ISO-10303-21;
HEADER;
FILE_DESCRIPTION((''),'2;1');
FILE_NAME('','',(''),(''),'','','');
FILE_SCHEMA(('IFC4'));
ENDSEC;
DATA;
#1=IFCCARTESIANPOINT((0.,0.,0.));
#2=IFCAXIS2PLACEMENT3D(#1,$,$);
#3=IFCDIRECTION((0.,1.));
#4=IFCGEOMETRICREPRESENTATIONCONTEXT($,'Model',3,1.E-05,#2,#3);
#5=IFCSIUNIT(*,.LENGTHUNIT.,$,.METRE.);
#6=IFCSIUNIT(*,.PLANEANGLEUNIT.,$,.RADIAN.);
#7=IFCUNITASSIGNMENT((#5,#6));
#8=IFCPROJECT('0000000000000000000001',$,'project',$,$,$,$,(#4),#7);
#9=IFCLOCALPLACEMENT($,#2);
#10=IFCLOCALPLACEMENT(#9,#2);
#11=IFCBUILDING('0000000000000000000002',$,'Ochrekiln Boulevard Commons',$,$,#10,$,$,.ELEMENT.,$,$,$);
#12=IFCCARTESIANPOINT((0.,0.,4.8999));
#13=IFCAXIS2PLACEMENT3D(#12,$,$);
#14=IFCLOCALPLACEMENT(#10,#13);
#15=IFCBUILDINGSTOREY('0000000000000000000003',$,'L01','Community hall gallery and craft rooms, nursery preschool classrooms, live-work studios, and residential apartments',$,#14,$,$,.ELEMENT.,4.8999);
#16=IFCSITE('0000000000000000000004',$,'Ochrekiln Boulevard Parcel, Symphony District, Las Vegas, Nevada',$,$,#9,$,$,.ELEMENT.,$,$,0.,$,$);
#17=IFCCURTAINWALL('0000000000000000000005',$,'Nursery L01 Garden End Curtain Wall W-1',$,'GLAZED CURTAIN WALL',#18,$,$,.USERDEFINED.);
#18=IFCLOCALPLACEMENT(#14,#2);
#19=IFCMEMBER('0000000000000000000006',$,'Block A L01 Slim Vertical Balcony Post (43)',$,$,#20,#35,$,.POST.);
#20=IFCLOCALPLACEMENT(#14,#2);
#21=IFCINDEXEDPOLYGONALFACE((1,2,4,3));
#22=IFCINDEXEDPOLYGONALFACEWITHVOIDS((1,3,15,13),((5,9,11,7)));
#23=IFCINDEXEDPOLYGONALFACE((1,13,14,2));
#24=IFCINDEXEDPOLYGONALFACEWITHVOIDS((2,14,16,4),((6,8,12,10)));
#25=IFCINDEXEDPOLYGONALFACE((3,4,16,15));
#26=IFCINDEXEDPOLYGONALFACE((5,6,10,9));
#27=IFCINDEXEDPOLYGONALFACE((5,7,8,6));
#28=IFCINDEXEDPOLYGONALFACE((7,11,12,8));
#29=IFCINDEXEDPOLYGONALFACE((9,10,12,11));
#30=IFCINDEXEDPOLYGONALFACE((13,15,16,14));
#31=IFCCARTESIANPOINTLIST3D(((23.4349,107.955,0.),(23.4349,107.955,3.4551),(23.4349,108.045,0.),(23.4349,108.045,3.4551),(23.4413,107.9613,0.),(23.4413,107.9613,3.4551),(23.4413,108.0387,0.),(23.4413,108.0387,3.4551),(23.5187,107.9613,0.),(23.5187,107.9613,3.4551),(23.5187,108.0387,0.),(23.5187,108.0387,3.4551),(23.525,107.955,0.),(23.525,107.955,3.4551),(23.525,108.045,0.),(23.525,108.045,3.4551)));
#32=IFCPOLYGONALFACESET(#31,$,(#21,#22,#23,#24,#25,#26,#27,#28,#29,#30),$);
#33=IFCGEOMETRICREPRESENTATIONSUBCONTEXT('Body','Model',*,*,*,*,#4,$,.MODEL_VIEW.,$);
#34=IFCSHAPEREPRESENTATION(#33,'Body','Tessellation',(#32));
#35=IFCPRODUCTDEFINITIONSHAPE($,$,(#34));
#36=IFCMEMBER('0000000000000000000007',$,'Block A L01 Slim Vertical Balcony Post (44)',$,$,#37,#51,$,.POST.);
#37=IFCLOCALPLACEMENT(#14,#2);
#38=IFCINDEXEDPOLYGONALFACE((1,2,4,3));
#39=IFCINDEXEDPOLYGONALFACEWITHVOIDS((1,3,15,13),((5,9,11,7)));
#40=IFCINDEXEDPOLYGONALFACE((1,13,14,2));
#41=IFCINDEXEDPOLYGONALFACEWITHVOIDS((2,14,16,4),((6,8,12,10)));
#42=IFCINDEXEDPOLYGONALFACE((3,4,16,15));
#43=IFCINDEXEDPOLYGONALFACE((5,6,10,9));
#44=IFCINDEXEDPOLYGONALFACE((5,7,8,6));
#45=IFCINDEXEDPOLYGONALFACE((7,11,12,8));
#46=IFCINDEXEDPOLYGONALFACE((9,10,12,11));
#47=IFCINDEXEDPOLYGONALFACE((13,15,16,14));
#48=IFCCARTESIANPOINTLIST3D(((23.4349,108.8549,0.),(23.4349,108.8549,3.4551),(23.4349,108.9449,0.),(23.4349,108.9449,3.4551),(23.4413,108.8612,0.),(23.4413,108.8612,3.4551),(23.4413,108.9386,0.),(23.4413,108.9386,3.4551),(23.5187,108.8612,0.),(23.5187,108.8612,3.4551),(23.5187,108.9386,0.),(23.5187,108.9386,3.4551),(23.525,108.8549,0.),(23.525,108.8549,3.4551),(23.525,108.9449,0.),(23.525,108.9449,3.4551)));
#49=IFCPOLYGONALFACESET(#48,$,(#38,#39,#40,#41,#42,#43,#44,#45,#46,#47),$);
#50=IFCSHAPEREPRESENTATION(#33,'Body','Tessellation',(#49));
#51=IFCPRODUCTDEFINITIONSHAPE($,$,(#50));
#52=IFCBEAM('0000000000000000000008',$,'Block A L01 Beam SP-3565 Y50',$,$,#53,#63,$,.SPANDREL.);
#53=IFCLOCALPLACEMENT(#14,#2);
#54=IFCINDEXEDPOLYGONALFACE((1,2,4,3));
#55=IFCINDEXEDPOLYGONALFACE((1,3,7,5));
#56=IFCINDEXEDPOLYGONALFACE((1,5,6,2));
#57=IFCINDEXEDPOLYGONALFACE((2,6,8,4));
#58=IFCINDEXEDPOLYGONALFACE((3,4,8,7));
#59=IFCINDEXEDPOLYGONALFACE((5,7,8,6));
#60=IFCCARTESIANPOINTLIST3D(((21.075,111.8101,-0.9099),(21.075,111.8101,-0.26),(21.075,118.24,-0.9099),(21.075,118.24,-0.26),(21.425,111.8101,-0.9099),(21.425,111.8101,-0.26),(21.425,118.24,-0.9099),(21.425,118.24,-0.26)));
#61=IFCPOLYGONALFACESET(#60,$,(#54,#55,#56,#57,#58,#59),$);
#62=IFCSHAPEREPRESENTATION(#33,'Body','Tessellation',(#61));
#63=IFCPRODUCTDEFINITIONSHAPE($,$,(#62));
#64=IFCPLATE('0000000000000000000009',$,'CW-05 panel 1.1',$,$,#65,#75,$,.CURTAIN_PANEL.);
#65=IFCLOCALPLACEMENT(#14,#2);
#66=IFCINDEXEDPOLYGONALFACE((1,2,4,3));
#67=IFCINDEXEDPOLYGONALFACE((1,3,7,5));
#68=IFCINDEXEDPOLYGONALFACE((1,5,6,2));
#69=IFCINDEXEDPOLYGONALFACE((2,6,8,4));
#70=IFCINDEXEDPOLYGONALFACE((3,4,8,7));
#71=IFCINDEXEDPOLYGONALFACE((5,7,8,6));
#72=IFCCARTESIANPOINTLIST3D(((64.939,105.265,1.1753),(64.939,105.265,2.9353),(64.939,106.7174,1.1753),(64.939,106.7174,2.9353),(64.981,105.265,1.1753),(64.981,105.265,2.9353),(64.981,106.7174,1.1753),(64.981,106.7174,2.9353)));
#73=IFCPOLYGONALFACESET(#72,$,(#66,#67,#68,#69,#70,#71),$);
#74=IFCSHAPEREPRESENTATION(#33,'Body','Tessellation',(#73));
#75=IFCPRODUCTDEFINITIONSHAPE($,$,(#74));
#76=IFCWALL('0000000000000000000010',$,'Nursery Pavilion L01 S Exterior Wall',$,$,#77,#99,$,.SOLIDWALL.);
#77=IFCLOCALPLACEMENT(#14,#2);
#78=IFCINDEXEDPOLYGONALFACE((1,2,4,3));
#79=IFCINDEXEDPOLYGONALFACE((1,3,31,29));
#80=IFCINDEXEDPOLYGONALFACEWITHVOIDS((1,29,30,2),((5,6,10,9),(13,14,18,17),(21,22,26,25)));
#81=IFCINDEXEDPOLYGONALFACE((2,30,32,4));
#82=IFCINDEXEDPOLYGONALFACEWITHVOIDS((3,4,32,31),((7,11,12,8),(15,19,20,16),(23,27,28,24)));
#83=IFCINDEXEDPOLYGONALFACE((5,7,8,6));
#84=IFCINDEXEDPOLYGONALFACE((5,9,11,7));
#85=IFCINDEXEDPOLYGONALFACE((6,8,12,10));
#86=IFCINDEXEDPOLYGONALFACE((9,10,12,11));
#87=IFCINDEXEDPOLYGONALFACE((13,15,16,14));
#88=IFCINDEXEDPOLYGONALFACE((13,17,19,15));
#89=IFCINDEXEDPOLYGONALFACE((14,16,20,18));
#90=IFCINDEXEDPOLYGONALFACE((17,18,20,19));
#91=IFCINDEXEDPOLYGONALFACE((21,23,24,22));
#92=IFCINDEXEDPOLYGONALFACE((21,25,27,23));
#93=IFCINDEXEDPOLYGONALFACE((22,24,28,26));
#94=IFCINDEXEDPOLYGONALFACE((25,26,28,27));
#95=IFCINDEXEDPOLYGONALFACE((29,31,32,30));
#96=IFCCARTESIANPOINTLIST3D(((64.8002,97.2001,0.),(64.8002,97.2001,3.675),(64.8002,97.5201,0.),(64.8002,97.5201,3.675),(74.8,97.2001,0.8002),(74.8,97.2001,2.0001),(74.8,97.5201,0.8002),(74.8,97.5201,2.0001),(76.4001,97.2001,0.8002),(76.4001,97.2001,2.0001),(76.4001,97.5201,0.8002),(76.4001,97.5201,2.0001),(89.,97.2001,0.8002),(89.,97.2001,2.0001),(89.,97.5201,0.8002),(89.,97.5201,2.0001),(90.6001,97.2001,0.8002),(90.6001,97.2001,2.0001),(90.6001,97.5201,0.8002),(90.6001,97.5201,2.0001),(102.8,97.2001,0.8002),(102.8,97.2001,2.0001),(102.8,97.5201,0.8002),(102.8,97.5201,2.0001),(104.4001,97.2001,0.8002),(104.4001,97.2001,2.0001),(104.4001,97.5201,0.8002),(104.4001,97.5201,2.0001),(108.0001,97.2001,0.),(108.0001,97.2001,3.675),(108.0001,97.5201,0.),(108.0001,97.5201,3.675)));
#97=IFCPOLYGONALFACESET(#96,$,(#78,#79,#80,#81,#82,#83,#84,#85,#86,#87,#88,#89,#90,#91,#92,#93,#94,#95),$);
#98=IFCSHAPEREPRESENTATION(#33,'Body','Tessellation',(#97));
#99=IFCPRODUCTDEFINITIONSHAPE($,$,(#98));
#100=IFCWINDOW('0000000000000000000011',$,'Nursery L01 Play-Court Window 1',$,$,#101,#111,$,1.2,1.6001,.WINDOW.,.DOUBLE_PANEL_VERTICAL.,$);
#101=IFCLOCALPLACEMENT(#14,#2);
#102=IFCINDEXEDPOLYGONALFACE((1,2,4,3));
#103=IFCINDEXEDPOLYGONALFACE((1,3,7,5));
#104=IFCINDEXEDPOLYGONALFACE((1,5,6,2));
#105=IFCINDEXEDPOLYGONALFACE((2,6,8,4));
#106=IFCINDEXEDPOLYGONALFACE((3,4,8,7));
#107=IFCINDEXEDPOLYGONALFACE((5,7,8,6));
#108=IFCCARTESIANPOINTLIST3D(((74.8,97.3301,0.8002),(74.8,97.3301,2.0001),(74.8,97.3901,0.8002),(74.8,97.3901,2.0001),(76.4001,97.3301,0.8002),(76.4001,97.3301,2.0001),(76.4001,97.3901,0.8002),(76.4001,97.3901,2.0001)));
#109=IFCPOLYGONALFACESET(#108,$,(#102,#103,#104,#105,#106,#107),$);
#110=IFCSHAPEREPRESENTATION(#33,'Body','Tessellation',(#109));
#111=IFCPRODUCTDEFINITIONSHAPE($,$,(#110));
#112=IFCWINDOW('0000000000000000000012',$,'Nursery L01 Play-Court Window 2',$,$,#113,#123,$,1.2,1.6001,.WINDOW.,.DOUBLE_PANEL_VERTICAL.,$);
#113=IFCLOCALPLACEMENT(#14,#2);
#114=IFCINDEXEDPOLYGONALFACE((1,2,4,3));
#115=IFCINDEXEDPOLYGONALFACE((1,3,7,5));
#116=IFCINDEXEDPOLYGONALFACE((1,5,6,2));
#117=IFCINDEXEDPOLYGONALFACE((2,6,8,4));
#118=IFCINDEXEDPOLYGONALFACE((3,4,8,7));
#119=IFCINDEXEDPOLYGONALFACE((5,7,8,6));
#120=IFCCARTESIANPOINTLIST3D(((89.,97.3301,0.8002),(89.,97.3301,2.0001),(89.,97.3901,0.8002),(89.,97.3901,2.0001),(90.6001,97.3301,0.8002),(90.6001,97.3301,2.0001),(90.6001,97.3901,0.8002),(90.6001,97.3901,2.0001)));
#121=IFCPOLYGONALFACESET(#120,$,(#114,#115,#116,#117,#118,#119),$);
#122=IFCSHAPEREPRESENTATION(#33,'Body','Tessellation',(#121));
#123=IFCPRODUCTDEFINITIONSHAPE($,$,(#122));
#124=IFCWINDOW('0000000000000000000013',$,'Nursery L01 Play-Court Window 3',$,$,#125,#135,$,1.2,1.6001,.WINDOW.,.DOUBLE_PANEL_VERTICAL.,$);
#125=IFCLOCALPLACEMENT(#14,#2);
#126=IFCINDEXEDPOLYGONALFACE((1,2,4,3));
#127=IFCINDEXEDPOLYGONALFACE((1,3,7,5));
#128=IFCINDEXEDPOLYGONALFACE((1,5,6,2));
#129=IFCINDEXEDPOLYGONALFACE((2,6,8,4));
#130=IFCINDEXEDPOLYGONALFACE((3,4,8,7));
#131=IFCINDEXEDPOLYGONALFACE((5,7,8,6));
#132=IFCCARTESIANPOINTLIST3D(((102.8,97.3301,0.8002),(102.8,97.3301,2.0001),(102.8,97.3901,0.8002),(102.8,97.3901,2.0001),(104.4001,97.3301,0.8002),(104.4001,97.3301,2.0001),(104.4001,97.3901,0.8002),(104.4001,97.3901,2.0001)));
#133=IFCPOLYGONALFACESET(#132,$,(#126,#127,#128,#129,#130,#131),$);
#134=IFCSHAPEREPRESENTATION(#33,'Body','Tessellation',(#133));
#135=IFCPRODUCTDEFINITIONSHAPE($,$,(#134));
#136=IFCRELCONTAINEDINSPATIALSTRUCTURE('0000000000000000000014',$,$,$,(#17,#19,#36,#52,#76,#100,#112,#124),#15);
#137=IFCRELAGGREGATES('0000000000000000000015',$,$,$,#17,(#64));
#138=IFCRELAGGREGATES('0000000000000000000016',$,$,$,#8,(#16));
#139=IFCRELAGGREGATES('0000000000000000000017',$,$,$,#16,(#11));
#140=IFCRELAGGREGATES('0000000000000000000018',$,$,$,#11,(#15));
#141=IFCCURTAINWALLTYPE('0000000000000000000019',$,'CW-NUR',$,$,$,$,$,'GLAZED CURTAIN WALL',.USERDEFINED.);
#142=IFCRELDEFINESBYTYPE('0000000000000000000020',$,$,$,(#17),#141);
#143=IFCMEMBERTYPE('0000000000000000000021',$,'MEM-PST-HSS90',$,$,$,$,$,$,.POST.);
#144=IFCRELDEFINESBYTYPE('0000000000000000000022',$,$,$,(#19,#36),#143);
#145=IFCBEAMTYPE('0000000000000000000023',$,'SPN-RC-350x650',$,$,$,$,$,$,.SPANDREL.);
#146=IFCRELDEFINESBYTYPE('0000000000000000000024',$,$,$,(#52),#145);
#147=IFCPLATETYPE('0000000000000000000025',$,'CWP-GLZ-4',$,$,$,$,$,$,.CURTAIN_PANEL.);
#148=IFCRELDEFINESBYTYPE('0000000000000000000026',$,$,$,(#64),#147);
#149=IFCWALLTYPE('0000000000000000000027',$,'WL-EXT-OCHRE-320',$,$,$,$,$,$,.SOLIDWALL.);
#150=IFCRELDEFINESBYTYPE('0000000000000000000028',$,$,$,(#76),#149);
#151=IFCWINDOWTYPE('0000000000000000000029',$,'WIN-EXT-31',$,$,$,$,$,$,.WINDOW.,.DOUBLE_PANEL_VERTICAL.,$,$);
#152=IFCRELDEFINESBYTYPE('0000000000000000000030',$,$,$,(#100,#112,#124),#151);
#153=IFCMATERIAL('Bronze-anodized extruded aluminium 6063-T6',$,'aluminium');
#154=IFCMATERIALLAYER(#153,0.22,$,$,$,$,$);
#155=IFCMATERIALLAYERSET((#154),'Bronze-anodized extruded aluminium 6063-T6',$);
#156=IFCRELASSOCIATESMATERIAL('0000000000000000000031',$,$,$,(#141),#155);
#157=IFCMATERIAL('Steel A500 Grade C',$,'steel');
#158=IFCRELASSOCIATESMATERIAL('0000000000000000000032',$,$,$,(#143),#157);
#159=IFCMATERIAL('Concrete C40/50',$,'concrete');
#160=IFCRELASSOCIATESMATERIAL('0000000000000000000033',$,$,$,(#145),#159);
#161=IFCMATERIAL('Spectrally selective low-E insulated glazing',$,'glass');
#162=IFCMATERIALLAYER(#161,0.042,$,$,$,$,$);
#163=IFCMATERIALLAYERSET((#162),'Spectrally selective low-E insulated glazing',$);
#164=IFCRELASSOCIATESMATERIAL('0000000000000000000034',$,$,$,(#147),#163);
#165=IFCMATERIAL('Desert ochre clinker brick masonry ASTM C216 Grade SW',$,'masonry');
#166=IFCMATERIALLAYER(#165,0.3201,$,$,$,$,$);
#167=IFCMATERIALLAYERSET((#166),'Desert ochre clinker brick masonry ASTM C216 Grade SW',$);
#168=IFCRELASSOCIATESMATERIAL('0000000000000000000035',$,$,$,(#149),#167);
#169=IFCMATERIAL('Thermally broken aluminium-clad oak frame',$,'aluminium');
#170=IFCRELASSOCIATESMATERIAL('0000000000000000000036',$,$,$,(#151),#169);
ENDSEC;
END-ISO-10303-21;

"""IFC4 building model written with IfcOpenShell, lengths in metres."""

from ifc_helpers import new_model, si_unit, direction, frame, frame_2d, origin, origin_2d, place, context, subcontext, project, spatial, rectangle, hollow_rectangle, extrude, material, layer, layer_set, material_profile, profile_set, type_object, element, fill, aggregate, save


model = new_model("IFC4")

# Units and contexts
model_context = context("Model", 3, precision=1e-05, world=origin(), true_north=direction((0.0, 1.0)))
body_context = subcontext(model_context, "Body", "Model", "MODEL_VIEW")
ifc_project = project(units=[si_unit("LENGTHUNIT", "METRE"), si_unit("PLANEANGLEUNIT", "RADIAN")], contexts=[model_context])

# Site, building, storey
site_placement = place(None, origin())
site = spatial("IfcSite", under=ifc_project, at=site_placement, Name="Ochrekiln Boulevard Parcel, Symphony District, Las Vegas, Nevada", CompositionType="ELEMENT", RefElevation=0.0)
building_placement = place(site_placement, origin())
building = spatial("IfcBuilding", under=site, at=building_placement, Name="Ochrekiln Boulevard Commons", CompositionType="ELEMENT")
storey_placement = place(building_placement, frame((0.0, 0.0, 4.8999)))
storey = spatial("IfcBuildingStorey", under=building, at=storey_placement, Name="L01", Description="Community hall gallery and craft rooms, nursery preschool classrooms, live-work studios, and residential apartments", CompositionType="ELEMENT", Elevation=4.8999)

# Shared definitions
ifc_material_1 = material(Name="Concrete C40/50", Category="concrete")

# Curtain wall
ifc_material_2 = material(Name="Bronze-anodized extruded aluminium 6063-T6", Category="aluminium")
ifc_layer_1 = layer(ifc_material_2, 0.22)
ifc_layer_set_1 = layer_set([ifc_layer_1], Name="Bronze-anodized extruded aluminium 6063-T6")
curtain_wall_type = type_object("IfcCurtainWallType", Name="CW-NUR", ElementType="GLAZED CURTAIN WALL", PredefinedType="USERDEFINED", material=ifc_layer_set_1)
curtain_wall_placement = place(storey_placement, origin())
curtain_wall = element("IfcCurtainWall", 1, at=curtain_wall_placement, inside=storey, type_object=curtain_wall_type, Name="Nursery L01 Garden End Curtain Wall W-1", ObjectType="GLAZED CURTAIN WALL", PredefinedType="USERDEFINED")

# Members
ifc_material_3 = material(Name="Steel A500 Grade C", Category="steel")
ifc_material_profile_1 = material_profile(ifc_material_3, hollow_rectangle(XDim=0.0901, YDim=0.0901, WallThickness=0.0063, at=origin_2d()), Name="HSS90X90X6.4")
ifc_profile_set_1 = profile_set([ifc_material_profile_1], Name="Steel A500 Grade C")
member_type_1 = type_object("IfcMemberType", Name="MEM-PST-HSS90", PredefinedType="POST", material=ifc_profile_set_1)
for number, where, z_axis, x_axis, name in (
    (2, (23.48, 108.0, 0.0), (0.0, 0.0, 1.0), (1.0, 0.0, 0.0), "Block A L01 Slim Vertical Balcony Post (43)"),
    (3, (23.48, 108.8999, 0.0), (0.0, 0.0, 1.0), (1.0, 0.0, 0.0), "Block A L01 Slim Vertical Balcony Post (44)"),
):
    element("IfcMember", number, at=place(storey_placement, frame(where, z_axis=z_axis, x_axis=x_axis)), inside=storey, type_object=member_type_1, Name=name, PredefinedType="POST", context=body_context, shape_type="SweptSolid", body=[
        extrude(hollow_rectangle(XDim=0.0901, YDim=0.0901, WallThickness=0.0063, at=origin_2d()), origin(), (0.0, 0.0, 1.0), 3.4551),
    ])

# Beam
ifc_material_profile_2 = material_profile(ifc_material_1, rectangle(XDim=0.3501, YDim=0.6499, at=origin_2d()), Name="RC-SPN-350x650")
ifc_profile_set_2 = profile_set([ifc_material_profile_2], Name="Concrete C40/50")
beam_type = type_object("IfcBeamType", Name="SPN-RC-350x650", PredefinedType="SPANDREL", material=ifc_profile_set_2)
beam_placement = place(storey_placement, frame((21.25, 111.8101, -0.585), z_axis=(0.0, 1.0, 0.0), x_axis=(-1.0, 0.0, 0.0)))
element("IfcBeam", 4, at=beam_placement, inside=storey, type_object=beam_type, Name="Block A L01 Beam SP-3565 Y50", PredefinedType="SPANDREL", context=body_context, shape_type="SweptSolid", body=[
    extrude(rectangle(XDim=0.3501, YDim=0.6499, at=origin_2d()), origin(), (0.0, 0.0, 1.0), 6.4299),
])

# Plate
ifc_material_4 = material(Name="Spectrally selective low-E insulated glazing", Category="glass")
ifc_layer_2 = layer(ifc_material_4, 0.042)
ifc_layer_set_2 = layer_set([ifc_layer_2], Name="Spectrally selective low-E insulated glazing")
plate_type = type_object("IfcPlateType", Name="CWP-GLZ-4", PredefinedType="CURTAIN_PANEL", material=ifc_layer_set_2)
plate_placement = place(storey_placement, frame((64.96, 105.9912, 1.1753), z_axis=(0.0, 0.0, 1.0), x_axis=(0.0, 1.0, 0.0)))
plate = element("IfcPlate", 5, at=plate_placement, type_object=plate_type, Name="CW-05 panel 1.1", PredefinedType="CURTAIN_PANEL", context=body_context, shape_type="SweptSolid", body=[
    extrude(rectangle(XDim=1.4524, YDim=0.042, at=origin_2d()), origin(), (0.0, 0.0, 1.0), 1.76),
])
aggregate(curtain_wall, [plate])

# Wall, openings, windows
ifc_material_5 = material(Name="Desert ochre clinker brick masonry ASTM C216 Grade SW", Category="masonry")
ifc_layer_3 = layer(ifc_material_5, 0.3201)
ifc_layer_set_3 = layer_set([ifc_layer_3], Name="Desert ochre clinker brick masonry ASTM C216 Grade SW")
wall_type_1 = type_object("IfcWallType", Name="WL-EXT-OCHRE-320", PredefinedType="SOLIDWALL", material=ifc_layer_set_3)
wall_1_placement = place(storey_placement, frame((64.8, 97.3601, 0.0), z_axis=(0.0, 0.0, 1.0), x_axis=(1.0, 0.0, 0.0)))
wall_1 = element("IfcWall", 6, at=wall_1_placement, inside=storey, type_object=wall_type_1, Name="Nursery Pavilion L01 S Exterior Wall", PredefinedType="SOLIDWALL", context=body_context, shape_type="SweptSolid", body=[
    extrude(rectangle(XDim=43.2, YDim=0.3201, at=frame_2d((21.6001, 0.0))), origin(), (0.0, 0.0, 1.0), 3.675),
])
opening_1_placement = place(wall_1_placement, frame((10.0, 0.0, 0.8)))
opening_1 = element("IfcOpeningElement", 7, at=opening_1_placement, cuts=wall_1, PredefinedType="OPENING", context=body_context, shape_type="SweptSolid", body=[
    extrude(rectangle(XDim=1.6001, YDim=1.2, at=frame_2d((0.8, 0.6001))), frame((0.0, 0.1699, 0.0), z_axis=(0.0, -1.0, 0.0), x_axis=(1.0, 0.0, 0.0)), (0.0, 0.0, 1.0), 0.3401),
])
opening_2_placement = place(wall_1_placement, frame((24.2, 0.0, 0.8)))
opening_2 = element("IfcOpeningElement", 8, at=opening_2_placement, cuts=wall_1, PredefinedType="OPENING", context=body_context, shape_type="SweptSolid", body=[
    extrude(rectangle(XDim=1.6001, YDim=1.2, at=frame_2d((0.8, 0.6001))), frame((0.0, 0.1699, 0.0), z_axis=(0.0, -1.0, 0.0), x_axis=(1.0, 0.0, 0.0)), (0.0, 0.0, 1.0), 0.3401),
])
opening_3_placement = place(wall_1_placement, frame((38.0, 0.0, 0.8)))
opening_3 = element("IfcOpeningElement", 9, at=opening_3_placement, cuts=wall_1, PredefinedType="OPENING", context=body_context, shape_type="SweptSolid", body=[
    extrude(rectangle(XDim=1.6001, YDim=1.2, at=frame_2d((0.8, 0.6001))), frame((0.0, 0.1699, 0.0), z_axis=(0.0, -1.0, 0.0), x_axis=(1.0, 0.0, 0.0)), (0.0, 0.0, 1.0), 0.3401),
])
ifc_material_6 = material(Name="Thermally broken aluminium-clad oak frame", Category="aluminium")
window_type_1 = type_object("IfcWindowType", Name="WIN-EXT-31", PartitioningType="DOUBLE_PANEL_VERTICAL", PredefinedType="WINDOW", material=ifc_material_6)
window_1_placement = place(opening_1_placement, origin())
window_1 = element("IfcWindow", 10, at=window_1_placement, inside=storey, type_object=window_type_1, Name="Nursery L01 Play-Court Window 1", OverallHeight=1.2, OverallWidth=1.6001, PartitioningType="DOUBLE_PANEL_VERTICAL", PredefinedType="WINDOW", context=body_context, shape_type="SweptSolid", body=[
    extrude(rectangle(XDim=1.6001, YDim=1.2, at=frame_2d((0.8, 0.6001))), frame((0.0, 0.03, 0.0), z_axis=(0.0, -1.0, 0.0), x_axis=(1.0, 0.0, 0.0)), (0.0, 0.0, 1.0), 0.0601),
])
fill(opening_1, window_1)
window_2_placement = place(opening_2_placement, origin())
window_2 = element("IfcWindow", 11, at=window_2_placement, inside=storey, type_object=window_type_1, Name="Nursery L01 Play-Court Window 2", OverallHeight=1.2, OverallWidth=1.6001, PartitioningType="DOUBLE_PANEL_VERTICAL", PredefinedType="WINDOW", context=body_context, shape_type="SweptSolid", body=[
    extrude(rectangle(XDim=1.6001, YDim=1.2, at=frame_2d((0.8, 0.6001))), frame((0.0, 0.03, 0.0), z_axis=(0.0, -1.0, 0.0), x_axis=(1.0, 0.0, 0.0)), (0.0, 0.0, 1.0), 0.0601),
])
fill(opening_2, window_2)
window_3_placement = place(opening_3_placement, origin())
window_3 = element("IfcWindow", 12, at=window_3_placement, inside=storey, type_object=window_type_1, Name="Nursery L01 Play-Court Window 3", OverallHeight=1.2, OverallWidth=1.6001, PartitioningType="DOUBLE_PANEL_VERTICAL", PredefinedType="WINDOW", context=body_context, shape_type="SweptSolid", body=[
    extrude(rectangle(XDim=1.6001, YDim=1.2, at=frame_2d((0.8, 0.6001))), frame((0.0, 0.03, 0.0), z_axis=(0.0, -1.0, 0.0), x_axis=(1.0, 0.0, 0.0)), (0.0, 0.0, 1.0), 0.0601),
])
fill(opening_3, window_3)

save(model, "model.ifc")
